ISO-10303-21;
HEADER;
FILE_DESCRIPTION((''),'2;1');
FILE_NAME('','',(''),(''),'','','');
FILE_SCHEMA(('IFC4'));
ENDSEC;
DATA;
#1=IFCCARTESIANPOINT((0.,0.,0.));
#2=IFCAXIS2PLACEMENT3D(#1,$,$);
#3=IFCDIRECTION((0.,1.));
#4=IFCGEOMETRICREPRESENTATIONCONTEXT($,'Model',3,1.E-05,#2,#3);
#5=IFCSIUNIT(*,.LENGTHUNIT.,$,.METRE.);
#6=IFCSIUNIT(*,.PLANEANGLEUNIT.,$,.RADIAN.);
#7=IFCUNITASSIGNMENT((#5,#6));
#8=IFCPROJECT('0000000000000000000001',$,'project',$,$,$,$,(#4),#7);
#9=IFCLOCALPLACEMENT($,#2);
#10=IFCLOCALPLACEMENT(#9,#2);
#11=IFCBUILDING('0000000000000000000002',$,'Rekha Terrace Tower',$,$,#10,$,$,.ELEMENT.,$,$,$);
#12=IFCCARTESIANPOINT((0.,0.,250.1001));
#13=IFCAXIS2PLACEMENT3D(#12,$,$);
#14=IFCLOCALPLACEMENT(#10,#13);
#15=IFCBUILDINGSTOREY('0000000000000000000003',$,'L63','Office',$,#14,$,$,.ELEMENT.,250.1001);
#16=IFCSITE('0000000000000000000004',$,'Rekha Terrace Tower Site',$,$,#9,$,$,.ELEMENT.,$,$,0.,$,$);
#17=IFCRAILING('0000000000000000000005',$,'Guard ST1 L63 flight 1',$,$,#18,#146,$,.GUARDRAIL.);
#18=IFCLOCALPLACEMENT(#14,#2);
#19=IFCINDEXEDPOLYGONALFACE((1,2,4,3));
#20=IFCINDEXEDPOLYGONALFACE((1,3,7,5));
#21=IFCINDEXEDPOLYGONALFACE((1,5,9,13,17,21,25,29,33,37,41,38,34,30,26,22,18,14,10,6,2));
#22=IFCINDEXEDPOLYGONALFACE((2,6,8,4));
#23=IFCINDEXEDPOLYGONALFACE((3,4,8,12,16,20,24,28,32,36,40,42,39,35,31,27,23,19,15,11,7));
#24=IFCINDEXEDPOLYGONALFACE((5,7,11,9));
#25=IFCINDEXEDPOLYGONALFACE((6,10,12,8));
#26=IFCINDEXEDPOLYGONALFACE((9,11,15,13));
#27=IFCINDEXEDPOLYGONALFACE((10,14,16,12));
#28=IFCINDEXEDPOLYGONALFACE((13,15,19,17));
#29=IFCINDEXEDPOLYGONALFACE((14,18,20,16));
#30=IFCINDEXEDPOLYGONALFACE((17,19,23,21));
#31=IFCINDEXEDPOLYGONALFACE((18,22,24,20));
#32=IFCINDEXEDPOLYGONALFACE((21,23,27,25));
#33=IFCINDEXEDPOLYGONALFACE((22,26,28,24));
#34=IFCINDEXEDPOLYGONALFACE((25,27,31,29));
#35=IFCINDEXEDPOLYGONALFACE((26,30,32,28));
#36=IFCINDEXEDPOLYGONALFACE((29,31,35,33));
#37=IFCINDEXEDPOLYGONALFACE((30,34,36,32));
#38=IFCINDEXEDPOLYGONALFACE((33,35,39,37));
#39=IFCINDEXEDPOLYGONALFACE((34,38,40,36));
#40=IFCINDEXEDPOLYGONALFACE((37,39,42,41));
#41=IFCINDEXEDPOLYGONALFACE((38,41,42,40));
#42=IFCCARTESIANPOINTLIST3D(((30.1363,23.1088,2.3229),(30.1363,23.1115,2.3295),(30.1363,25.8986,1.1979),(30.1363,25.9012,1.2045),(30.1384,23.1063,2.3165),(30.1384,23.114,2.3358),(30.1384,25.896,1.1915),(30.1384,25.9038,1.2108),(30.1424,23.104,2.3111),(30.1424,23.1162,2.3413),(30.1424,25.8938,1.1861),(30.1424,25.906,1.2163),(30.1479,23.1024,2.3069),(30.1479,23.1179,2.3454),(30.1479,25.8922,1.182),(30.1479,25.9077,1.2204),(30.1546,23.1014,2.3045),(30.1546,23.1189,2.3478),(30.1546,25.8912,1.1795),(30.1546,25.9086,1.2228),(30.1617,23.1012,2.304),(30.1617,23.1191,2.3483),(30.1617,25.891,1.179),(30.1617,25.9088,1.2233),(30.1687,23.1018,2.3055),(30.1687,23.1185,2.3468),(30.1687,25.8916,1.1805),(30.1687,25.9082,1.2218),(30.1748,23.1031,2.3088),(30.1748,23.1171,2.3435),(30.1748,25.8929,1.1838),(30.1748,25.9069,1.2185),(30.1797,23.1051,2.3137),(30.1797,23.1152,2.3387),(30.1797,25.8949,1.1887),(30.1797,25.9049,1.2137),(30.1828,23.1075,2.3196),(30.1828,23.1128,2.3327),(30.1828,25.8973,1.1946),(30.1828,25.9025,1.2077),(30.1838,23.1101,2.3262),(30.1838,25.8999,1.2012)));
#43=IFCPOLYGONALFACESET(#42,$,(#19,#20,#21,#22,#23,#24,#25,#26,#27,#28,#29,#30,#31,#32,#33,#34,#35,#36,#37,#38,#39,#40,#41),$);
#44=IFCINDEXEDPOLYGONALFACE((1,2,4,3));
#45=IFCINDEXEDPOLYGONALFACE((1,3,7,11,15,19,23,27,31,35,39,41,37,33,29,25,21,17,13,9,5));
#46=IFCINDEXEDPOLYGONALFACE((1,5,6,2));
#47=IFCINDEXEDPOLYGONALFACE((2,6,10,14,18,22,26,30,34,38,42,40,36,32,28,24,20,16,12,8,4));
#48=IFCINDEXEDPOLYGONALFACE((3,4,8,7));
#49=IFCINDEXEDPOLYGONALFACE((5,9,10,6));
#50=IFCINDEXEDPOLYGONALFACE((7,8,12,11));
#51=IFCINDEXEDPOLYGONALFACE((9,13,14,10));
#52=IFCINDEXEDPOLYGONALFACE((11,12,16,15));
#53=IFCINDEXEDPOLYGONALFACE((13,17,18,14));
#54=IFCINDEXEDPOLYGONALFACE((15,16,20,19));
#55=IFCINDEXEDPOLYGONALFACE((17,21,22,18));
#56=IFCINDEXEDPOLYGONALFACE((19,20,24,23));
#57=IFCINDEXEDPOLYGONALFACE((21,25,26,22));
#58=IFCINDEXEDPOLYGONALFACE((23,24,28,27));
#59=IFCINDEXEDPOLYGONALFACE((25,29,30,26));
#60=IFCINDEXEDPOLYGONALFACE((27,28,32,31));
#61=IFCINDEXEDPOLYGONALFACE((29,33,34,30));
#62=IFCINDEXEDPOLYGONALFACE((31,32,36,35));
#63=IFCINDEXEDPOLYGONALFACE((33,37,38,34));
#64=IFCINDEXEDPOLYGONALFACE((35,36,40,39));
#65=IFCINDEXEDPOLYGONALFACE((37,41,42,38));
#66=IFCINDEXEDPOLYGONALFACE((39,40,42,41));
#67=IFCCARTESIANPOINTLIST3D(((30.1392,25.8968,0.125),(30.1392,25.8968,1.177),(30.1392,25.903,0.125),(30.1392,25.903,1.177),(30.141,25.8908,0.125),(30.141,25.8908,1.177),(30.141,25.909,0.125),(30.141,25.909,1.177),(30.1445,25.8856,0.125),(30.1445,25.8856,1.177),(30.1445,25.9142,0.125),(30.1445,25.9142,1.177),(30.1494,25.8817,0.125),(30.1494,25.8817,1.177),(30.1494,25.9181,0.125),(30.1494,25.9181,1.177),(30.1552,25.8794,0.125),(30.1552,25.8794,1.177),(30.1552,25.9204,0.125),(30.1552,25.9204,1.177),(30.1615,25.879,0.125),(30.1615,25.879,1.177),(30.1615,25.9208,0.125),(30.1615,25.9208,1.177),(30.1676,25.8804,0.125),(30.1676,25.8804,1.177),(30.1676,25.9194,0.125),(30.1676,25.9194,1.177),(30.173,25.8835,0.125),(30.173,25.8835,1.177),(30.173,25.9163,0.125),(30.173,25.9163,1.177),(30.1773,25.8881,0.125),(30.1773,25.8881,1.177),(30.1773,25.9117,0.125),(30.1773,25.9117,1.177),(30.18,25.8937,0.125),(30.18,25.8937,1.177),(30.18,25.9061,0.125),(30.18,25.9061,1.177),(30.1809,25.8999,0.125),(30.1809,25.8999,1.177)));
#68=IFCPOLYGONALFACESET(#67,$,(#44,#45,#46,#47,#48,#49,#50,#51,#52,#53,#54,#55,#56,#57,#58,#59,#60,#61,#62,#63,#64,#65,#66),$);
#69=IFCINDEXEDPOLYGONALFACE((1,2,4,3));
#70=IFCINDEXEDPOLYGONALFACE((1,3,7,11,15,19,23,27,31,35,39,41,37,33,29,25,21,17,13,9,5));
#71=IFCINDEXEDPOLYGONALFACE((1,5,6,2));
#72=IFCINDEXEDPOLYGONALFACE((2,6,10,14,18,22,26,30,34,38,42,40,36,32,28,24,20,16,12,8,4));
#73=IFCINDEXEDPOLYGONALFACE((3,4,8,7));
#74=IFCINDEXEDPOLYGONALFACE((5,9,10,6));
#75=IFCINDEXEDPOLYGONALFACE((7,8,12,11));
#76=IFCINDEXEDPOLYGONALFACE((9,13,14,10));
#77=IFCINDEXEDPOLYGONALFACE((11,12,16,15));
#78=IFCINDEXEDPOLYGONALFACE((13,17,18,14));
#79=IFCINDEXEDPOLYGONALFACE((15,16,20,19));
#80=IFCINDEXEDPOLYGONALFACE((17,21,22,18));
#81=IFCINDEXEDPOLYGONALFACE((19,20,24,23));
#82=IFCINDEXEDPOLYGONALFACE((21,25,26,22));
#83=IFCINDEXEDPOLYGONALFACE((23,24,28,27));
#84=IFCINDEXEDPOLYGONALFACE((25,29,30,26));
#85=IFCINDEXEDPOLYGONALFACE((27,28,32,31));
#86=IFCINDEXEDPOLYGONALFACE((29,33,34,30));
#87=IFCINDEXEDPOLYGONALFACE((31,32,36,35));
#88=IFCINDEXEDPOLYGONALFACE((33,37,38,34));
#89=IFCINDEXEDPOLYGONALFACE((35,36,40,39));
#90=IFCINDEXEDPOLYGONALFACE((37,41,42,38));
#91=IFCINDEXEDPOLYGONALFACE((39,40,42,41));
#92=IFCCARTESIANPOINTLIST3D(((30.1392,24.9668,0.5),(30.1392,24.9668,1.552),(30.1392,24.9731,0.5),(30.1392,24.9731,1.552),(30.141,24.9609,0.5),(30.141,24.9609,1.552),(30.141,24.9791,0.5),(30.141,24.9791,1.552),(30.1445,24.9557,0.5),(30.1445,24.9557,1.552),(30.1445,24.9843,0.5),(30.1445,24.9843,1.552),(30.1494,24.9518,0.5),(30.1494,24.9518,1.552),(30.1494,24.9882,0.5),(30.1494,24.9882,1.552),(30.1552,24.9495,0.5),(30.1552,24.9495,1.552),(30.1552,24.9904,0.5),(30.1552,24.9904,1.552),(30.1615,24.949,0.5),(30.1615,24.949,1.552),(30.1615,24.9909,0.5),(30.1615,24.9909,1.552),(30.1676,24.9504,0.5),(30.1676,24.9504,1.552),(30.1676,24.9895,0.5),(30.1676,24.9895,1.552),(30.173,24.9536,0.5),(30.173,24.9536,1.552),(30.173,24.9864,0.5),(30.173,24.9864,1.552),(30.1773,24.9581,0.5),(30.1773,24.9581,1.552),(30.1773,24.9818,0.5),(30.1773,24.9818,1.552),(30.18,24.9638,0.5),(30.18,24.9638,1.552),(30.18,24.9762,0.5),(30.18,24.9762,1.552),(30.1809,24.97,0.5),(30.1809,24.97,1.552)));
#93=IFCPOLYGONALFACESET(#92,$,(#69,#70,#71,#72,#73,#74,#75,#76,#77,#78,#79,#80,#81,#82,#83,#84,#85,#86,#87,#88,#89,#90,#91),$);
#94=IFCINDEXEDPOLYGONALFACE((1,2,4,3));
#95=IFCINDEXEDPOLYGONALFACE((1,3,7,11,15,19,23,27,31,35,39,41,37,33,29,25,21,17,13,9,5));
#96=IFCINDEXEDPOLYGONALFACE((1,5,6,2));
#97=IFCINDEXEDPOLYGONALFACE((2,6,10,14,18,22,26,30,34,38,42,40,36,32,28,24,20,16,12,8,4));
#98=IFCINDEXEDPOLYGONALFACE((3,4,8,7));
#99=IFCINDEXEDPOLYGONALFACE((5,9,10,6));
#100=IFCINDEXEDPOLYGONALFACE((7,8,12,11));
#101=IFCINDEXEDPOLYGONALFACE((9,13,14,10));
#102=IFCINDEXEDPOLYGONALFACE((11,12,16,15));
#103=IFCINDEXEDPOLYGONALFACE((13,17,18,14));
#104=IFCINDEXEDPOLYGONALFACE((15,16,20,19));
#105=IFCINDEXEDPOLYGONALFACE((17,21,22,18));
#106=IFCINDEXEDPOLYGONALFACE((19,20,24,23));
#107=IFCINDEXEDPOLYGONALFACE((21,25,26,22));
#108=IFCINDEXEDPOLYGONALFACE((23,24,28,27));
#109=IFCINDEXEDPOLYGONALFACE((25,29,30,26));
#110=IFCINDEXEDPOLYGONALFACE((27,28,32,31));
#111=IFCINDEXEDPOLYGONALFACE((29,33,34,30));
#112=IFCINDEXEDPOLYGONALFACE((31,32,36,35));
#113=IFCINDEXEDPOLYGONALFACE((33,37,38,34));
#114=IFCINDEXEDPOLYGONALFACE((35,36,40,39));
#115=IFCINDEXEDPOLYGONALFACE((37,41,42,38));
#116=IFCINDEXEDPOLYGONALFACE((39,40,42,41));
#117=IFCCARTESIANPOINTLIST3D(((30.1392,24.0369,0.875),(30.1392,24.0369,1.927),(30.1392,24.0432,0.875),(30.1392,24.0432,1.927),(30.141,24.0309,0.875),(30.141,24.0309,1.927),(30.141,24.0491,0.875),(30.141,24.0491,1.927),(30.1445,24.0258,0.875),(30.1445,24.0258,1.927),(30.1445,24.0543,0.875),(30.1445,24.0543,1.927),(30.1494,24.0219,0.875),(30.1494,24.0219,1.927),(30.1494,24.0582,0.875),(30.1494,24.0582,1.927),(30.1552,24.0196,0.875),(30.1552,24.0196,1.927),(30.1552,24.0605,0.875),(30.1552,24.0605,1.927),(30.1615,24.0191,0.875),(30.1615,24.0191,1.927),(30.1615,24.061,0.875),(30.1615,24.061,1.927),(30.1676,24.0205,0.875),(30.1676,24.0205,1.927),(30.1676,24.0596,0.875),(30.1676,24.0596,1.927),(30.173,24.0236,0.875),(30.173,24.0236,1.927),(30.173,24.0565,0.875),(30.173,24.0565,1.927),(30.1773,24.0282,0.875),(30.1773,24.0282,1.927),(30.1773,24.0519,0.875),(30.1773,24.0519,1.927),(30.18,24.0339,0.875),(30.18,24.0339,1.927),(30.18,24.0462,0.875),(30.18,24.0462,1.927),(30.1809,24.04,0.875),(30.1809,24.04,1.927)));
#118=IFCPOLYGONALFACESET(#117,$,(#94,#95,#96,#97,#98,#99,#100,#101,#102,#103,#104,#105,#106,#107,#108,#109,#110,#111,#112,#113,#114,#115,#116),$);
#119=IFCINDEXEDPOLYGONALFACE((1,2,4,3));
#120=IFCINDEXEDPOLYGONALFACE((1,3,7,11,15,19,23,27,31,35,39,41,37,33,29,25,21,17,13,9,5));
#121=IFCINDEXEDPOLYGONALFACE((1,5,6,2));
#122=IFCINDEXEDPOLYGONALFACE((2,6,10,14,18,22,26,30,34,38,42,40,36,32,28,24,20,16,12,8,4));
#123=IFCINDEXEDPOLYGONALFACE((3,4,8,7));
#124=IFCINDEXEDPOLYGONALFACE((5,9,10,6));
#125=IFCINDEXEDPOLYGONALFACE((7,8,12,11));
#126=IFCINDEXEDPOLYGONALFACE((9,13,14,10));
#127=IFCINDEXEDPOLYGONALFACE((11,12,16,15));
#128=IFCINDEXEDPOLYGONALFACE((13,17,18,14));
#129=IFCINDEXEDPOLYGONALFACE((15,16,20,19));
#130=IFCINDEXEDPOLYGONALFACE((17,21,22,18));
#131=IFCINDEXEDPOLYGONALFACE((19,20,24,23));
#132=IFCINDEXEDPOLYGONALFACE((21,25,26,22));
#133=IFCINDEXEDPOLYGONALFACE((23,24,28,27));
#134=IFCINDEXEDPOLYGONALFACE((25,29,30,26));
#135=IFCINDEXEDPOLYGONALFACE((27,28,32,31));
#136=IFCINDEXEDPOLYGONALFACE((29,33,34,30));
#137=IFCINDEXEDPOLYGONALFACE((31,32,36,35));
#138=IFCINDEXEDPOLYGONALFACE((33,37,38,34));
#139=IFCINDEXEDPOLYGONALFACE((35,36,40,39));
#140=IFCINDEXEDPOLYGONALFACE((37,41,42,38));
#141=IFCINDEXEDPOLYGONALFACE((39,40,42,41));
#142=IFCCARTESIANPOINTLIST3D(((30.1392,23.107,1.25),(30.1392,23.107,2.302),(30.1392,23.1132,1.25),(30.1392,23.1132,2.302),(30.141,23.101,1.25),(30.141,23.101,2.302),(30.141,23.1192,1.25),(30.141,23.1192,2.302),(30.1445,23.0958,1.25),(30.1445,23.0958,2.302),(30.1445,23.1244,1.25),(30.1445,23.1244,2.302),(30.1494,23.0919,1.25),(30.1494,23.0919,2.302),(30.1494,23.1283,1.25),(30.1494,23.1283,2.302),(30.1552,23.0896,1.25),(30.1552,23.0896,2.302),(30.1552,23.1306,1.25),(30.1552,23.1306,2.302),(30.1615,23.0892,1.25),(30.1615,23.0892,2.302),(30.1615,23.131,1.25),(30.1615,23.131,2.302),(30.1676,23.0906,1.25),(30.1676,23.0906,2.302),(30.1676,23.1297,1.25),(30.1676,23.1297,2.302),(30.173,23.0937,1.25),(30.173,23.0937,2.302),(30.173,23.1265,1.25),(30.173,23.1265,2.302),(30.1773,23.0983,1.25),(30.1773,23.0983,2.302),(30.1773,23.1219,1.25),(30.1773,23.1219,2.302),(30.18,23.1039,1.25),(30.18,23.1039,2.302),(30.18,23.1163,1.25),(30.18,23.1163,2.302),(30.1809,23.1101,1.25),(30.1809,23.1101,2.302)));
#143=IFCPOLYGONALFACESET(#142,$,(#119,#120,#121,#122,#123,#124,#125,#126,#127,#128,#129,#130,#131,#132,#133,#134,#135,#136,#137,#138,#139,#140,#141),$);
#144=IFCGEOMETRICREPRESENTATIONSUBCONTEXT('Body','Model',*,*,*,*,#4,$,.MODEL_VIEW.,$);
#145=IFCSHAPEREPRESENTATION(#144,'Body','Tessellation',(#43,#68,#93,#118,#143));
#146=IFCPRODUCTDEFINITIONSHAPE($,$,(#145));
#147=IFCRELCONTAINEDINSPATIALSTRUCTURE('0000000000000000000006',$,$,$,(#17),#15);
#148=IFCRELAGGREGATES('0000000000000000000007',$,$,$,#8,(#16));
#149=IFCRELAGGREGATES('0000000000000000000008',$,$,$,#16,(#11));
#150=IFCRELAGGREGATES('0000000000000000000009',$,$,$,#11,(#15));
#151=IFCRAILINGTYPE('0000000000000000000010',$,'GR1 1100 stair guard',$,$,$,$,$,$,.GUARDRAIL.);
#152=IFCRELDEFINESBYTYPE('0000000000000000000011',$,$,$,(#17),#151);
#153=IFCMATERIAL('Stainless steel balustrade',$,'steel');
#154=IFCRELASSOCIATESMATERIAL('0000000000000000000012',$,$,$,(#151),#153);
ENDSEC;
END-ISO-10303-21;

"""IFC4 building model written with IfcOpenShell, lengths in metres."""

from ifc_helpers import new_model, si_unit, direction, frame, origin, origin_2d, place, context, subcontext, project, spatial, circle, extrude, material, type_object, element, save


model = new_model("IFC4")

# Units and contexts
model_context = context("Model", 3, precision=1e-05, world=origin(), true_north=direction((0.0, 1.0)))
body_context = subcontext(model_context, "Body", "Model", "MODEL_VIEW")
ifc_project = project(units=[si_unit("LENGTHUNIT", "METRE"), si_unit("PLANEANGLEUNIT", "RADIAN")], contexts=[model_context])

# Site, building, storey
site_placement = place(None, origin())
site = spatial("IfcSite", under=ifc_project, at=site_placement, Name="Rekha Terrace Tower Site", CompositionType="ELEMENT", RefElevation=0.0)
building_placement = place(site_placement, origin())
building = spatial("IfcBuilding", under=site, at=building_placement, Name="Rekha Terrace Tower", CompositionType="ELEMENT")
storey_placement = place(building_placement, frame((0.0, 0.0, 250.1001)))
storey = spatial("IfcBuildingStorey", under=building, at=storey_placement, Name="L63", Description="Office", CompositionType="ELEMENT", Elevation=250.1001)

# Railing
ifc_material_1 = material(Name="Stainless steel balustrade", Category="steel")
railing_type_1 = type_object("IfcRailingType", Name="GR1 1100 stair guard", PredefinedType="GUARDRAIL", material=ifc_material_1)
railing_1_placement = place(storey_placement, frame((30.1599, 25.8999, 0.125)))
element("IfcRailing", 1, at=railing_1_placement, inside=storey, type_object=railing_type_1, Name="Guard ST1 L63 flight 1", PredefinedType="GUARDRAIL", context=body_context, shape_type="SweptSolid", body=[
    extrude(circle(Radius=0.0239, at=origin_2d()), frame((0.0, 0.0, 1.0762), z_axis=(0.0, -0.927432, 0.373992), x_axis=(1.0, 0.0, 0.0)), (0.0, 0.0, 1.0), 3.0081),
    extrude(circle(Radius=0.021, at=origin_2d()), origin(), (0.0, 0.0, 1.0), 1.052),
    extrude(circle(Radius=0.021, at=origin_2d()), frame((0.0, -0.9299, 0.375)), (0.0, 0.0, 1.0), 1.052),
    extrude(circle(Radius=0.021, at=origin_2d()), frame((0.0, -1.8599, 0.75)), (0.0, 0.0, 1.0), 1.052),
    extrude(circle(Radius=0.021, at=origin_2d()), frame((0.0, -2.7898, 1.125)), (0.0, 0.0, 1.0), 1.052),
])

save(model, "model.ifc")
